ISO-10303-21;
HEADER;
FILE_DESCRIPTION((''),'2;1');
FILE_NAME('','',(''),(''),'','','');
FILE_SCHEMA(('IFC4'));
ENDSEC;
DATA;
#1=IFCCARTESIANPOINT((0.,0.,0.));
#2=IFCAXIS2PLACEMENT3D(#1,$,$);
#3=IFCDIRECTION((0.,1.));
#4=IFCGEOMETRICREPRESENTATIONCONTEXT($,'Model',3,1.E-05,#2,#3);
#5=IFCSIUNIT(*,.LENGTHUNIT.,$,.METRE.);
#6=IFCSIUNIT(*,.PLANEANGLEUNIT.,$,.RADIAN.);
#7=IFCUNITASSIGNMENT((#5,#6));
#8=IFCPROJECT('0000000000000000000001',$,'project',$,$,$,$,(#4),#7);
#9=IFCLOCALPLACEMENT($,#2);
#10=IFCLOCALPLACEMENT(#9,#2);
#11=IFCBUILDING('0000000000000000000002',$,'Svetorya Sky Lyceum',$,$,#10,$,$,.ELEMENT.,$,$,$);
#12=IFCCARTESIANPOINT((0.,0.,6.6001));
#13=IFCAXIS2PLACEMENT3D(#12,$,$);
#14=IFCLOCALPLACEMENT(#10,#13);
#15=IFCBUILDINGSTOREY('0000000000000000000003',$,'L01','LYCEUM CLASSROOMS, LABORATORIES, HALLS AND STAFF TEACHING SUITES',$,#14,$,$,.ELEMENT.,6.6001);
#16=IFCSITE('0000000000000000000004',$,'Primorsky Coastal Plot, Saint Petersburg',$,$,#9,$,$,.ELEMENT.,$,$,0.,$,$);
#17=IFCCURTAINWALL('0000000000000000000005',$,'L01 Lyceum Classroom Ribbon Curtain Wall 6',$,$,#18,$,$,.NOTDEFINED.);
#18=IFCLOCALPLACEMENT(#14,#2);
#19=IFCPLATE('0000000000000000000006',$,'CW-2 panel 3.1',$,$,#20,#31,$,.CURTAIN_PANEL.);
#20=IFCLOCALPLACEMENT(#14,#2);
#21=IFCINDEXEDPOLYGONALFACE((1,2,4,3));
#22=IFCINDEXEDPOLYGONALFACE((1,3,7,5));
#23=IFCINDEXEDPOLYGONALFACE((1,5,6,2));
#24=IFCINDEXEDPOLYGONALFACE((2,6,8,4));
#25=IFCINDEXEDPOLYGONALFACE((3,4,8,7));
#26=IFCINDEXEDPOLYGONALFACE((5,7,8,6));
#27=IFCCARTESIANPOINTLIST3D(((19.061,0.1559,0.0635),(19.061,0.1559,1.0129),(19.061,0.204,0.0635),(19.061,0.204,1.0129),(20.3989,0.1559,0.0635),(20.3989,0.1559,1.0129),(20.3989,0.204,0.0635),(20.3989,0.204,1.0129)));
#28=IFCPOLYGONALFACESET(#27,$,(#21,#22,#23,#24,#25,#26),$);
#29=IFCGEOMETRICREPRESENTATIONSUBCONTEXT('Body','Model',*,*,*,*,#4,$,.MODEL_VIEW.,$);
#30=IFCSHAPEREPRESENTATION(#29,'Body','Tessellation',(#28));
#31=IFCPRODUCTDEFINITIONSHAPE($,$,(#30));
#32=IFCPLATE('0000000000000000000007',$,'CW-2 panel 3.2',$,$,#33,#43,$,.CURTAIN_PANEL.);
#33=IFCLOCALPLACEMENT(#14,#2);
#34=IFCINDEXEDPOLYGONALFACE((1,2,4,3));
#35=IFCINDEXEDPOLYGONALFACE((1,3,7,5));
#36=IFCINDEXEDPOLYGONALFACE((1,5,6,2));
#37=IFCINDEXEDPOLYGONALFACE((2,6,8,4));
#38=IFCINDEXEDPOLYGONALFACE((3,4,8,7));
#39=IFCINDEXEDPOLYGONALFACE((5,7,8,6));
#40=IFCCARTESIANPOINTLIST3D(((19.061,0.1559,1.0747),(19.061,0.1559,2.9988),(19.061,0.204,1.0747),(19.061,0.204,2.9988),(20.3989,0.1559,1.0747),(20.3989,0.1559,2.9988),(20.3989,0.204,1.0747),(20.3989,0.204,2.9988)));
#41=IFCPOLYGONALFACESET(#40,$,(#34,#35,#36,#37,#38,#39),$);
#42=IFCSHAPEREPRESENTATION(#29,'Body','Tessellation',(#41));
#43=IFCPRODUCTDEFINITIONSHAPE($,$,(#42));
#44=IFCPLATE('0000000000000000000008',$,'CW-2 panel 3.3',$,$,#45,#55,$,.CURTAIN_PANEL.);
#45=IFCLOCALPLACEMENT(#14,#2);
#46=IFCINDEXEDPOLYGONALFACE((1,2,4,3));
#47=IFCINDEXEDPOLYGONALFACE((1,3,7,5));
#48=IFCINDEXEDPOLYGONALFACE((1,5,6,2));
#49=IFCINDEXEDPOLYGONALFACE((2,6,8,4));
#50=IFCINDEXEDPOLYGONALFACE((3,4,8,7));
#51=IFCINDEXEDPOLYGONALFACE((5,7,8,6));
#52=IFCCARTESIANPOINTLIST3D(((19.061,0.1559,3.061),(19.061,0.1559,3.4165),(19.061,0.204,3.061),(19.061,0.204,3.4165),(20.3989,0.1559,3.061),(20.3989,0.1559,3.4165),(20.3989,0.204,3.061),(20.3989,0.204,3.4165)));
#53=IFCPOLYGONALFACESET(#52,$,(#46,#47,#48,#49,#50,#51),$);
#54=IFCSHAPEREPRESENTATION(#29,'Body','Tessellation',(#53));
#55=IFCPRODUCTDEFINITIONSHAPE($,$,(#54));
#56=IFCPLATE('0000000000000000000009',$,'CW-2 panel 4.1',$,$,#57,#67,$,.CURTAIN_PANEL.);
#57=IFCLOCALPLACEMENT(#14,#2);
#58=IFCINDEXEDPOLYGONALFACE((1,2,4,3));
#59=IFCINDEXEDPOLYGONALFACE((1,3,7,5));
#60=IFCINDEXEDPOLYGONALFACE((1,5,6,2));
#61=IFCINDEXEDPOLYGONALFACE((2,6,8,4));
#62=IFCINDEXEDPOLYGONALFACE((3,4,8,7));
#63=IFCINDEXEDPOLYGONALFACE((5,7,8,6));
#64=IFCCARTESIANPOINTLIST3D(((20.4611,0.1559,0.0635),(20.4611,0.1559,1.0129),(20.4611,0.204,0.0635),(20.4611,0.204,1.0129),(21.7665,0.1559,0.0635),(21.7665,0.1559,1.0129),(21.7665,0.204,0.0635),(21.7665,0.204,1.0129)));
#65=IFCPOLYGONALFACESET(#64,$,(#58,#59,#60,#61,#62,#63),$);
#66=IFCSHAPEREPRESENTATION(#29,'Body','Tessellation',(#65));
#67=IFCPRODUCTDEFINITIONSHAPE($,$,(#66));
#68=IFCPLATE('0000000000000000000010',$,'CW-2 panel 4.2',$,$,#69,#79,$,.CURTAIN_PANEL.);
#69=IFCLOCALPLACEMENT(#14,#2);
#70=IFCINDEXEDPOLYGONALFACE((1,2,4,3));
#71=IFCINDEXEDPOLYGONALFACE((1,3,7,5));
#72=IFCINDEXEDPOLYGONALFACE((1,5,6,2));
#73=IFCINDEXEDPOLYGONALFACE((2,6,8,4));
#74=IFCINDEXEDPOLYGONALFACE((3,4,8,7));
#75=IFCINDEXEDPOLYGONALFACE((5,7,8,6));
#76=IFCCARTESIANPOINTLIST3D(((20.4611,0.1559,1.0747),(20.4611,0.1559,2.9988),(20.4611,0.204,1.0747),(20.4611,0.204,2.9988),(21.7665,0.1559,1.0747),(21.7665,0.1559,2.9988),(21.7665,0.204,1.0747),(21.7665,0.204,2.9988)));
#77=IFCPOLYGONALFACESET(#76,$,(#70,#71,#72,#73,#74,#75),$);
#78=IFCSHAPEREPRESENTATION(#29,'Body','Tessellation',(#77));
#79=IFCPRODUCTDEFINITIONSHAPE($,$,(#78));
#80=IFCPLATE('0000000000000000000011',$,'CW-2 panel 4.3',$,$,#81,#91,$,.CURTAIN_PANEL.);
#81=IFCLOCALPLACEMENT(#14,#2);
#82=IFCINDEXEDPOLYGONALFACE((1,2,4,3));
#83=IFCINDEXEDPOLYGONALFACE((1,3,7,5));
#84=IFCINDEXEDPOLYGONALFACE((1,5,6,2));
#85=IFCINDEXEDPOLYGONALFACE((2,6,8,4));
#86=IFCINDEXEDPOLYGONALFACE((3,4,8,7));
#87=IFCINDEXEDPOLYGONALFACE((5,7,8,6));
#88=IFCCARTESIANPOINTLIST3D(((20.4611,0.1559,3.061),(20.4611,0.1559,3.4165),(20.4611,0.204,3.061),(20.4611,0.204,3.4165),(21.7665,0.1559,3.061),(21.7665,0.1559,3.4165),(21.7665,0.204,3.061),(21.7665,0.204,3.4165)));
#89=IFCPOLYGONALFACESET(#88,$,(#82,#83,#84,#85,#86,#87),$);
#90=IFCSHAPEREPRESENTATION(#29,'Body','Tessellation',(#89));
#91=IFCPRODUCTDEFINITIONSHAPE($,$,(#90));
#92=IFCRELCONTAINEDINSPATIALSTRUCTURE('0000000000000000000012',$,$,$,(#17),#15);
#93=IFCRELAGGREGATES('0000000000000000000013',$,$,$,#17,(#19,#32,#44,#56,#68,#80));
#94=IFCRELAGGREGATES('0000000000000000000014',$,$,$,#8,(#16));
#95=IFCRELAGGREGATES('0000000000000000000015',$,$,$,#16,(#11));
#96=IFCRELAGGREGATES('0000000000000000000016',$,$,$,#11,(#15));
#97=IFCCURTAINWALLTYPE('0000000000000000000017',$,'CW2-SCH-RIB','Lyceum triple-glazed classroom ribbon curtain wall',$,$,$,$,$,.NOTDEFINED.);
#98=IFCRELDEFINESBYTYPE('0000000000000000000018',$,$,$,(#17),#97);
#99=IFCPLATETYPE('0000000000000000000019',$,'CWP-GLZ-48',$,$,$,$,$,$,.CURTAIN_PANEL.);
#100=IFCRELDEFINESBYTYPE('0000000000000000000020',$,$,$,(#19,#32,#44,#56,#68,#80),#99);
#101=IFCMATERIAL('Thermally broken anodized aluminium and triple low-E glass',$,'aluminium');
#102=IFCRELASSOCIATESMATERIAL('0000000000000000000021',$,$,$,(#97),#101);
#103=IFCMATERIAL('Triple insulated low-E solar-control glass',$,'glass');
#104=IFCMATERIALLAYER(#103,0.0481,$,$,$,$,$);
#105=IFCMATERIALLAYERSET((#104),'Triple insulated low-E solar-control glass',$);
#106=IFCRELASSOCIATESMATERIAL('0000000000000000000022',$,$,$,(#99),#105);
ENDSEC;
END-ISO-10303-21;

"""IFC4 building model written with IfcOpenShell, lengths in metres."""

from ifc_helpers import new_model, si_unit, direction, frame, origin, origin_2d, place, context, subcontext, project, spatial, rectangle, extrude, material, layer, layer_set, type_object, element, aggregate, save


model = new_model("IFC4")

# Units and contexts
model_context = context("Model", 3, precision=1e-05, world=origin(), true_north=direction((0.0, 1.0)))
body_context = subcontext(model_context, "Body", "Model", "MODEL_VIEW")
ifc_project = project(units=[si_unit("LENGTHUNIT", "METRE"), si_unit("PLANEANGLEUNIT", "RADIAN")], contexts=[model_context])

# Site, building, storey
site_placement = place(None, origin())
site = spatial("IfcSite", under=ifc_project, at=site_placement, Name="Primorsky Coastal Plot, Saint Petersburg", CompositionType="ELEMENT", RefElevation=0.0)
building_placement = place(site_placement, origin())
building = spatial("IfcBuilding", under=site, at=building_placement, Name="Svetorya Sky Lyceum", CompositionType="ELEMENT")
storey_placement = place(building_placement, frame((0.0, 0.0, 6.6001)))
storey = spatial("IfcBuildingStorey", under=building, at=storey_placement, Name="L01", Description="LYCEUM CLASSROOMS, LABORATORIES, HALLS AND STAFF TEACHING SUITES", CompositionType="ELEMENT", Elevation=6.6001)

# Curtain wall, plates
ifc_material_1 = material(Name="Thermally broken anodized aluminium and triple low-E glass", Category="aluminium")
curtain_wall_type = type_object("IfcCurtainWallType", Name="CW2-SCH-RIB", Description="Lyceum triple-glazed classroom ribbon curtain wall", PredefinedType="NOTDEFINED", material=ifc_material_1)
curtain_wall_placement = place(storey_placement, origin())
curtain_wall = element("IfcCurtainWall", 1, at=curtain_wall_placement, inside=storey, type_object=curtain_wall_type, Name="L01 Lyceum Classroom Ribbon Curtain Wall 6", PredefinedType="NOTDEFINED")
ifc_material_2 = material(Name="Triple insulated low-E solar-control glass", Category="glass")
ifc_layer = layer(ifc_material_2, 0.0481)
ifc_layer_set = layer_set([ifc_layer], Name="Triple insulated low-E solar-control glass")
plate_type = type_object("IfcPlateType", Name="CWP-GLZ-48", PredefinedType="CURTAIN_PANEL", material=ifc_layer_set)
plate_1_placement = place(storey_placement, frame((19.73, 0.1799, 0.0635), z_axis=(0.0, 0.0, 1.0), x_axis=(1.0, 0.0, 0.0)))
plate_1 = element("IfcPlate", 2, at=plate_1_placement, type_object=plate_type, Name="CW-2 panel 3.1", PredefinedType="CURTAIN_PANEL", context=body_context, shape_type="SweptSolid", body=[
    extrude(rectangle(XDim=1.3379, YDim=0.0481, at=origin_2d()), origin(), (0.0, 0.0, 1.0), 0.9495),
])
plate_2_placement = place(storey_placement, frame((19.73, 0.1799, 1.0747), z_axis=(0.0, 0.0, 1.0), x_axis=(1.0, 0.0, 0.0)))
plate_2 = element("IfcPlate", 3, at=plate_2_placement, type_object=plate_type, Name="CW-2 panel 3.2", PredefinedType="CURTAIN_PANEL", context=body_context, shape_type="SweptSolid", body=[
    extrude(rectangle(XDim=1.3379, YDim=0.0481, at=origin_2d()), origin(), (0.0, 0.0, 1.0), 1.9241),
])
plate_3_placement = place(storey_placement, frame((19.73, 0.1799, 3.061), z_axis=(0.0, 0.0, 1.0), x_axis=(1.0, 0.0, 0.0)))
plate_3 = element("IfcPlate", 4, at=plate_3_placement, type_object=plate_type, Name="CW-2 panel 3.3", PredefinedType="CURTAIN_PANEL", context=body_context, shape_type="SweptSolid", body=[
    extrude(rectangle(XDim=1.3379, YDim=0.0481, at=origin_2d()), origin(), (0.0, 0.0, 1.0), 0.3555),
])
plate_4_placement = place(storey_placement, frame((21.1138, 0.1799, 0.0635), z_axis=(0.0, 0.0, 1.0), x_axis=(1.0, 0.0, 0.0)))
plate_4 = element("IfcPlate", 5, at=plate_4_placement, type_object=plate_type, Name="CW-2 panel 4.1", PredefinedType="CURTAIN_PANEL", context=body_context, shape_type="SweptSolid", body=[
    extrude(rectangle(XDim=1.3054, YDim=0.0481, at=origin_2d()), origin(), (0.0, 0.0, 1.0), 0.9495),
])
plate_5_placement = place(storey_placement, frame((21.1138, 0.1799, 1.0747), z_axis=(0.0, 0.0, 1.0), x_axis=(1.0, 0.0, 0.0)))
plate_5 = element("IfcPlate", 6, at=plate_5_placement, type_object=plate_type, Name="CW-2 panel 4.2", PredefinedType="CURTAIN_PANEL", context=body_context, shape_type="SweptSolid", body=[
    extrude(rectangle(XDim=1.3054, YDim=0.0481, at=origin_2d()), origin(), (0.0, 0.0, 1.0), 1.9241),
])
plate_6_placement = place(storey_placement, frame((21.1138, 0.1799, 3.061), z_axis=(0.0, 0.0, 1.0), x_axis=(1.0, 0.0, 0.0)))
plate_6 = element("IfcPlate", 7, at=plate_6_placement, type_object=plate_type, Name="CW-2 panel 4.3", PredefinedType="CURTAIN_PANEL", context=body_context, shape_type="SweptSolid", body=[
    extrude(rectangle(XDim=1.3054, YDim=0.0481, at=origin_2d()), origin(), (0.0, 0.0, 1.0), 0.3555),
])
aggregate(curtain_wall, [plate_1, plate_2, plate_3, plate_4, plate_5, plate_6])

save(model, "model.ifc")
